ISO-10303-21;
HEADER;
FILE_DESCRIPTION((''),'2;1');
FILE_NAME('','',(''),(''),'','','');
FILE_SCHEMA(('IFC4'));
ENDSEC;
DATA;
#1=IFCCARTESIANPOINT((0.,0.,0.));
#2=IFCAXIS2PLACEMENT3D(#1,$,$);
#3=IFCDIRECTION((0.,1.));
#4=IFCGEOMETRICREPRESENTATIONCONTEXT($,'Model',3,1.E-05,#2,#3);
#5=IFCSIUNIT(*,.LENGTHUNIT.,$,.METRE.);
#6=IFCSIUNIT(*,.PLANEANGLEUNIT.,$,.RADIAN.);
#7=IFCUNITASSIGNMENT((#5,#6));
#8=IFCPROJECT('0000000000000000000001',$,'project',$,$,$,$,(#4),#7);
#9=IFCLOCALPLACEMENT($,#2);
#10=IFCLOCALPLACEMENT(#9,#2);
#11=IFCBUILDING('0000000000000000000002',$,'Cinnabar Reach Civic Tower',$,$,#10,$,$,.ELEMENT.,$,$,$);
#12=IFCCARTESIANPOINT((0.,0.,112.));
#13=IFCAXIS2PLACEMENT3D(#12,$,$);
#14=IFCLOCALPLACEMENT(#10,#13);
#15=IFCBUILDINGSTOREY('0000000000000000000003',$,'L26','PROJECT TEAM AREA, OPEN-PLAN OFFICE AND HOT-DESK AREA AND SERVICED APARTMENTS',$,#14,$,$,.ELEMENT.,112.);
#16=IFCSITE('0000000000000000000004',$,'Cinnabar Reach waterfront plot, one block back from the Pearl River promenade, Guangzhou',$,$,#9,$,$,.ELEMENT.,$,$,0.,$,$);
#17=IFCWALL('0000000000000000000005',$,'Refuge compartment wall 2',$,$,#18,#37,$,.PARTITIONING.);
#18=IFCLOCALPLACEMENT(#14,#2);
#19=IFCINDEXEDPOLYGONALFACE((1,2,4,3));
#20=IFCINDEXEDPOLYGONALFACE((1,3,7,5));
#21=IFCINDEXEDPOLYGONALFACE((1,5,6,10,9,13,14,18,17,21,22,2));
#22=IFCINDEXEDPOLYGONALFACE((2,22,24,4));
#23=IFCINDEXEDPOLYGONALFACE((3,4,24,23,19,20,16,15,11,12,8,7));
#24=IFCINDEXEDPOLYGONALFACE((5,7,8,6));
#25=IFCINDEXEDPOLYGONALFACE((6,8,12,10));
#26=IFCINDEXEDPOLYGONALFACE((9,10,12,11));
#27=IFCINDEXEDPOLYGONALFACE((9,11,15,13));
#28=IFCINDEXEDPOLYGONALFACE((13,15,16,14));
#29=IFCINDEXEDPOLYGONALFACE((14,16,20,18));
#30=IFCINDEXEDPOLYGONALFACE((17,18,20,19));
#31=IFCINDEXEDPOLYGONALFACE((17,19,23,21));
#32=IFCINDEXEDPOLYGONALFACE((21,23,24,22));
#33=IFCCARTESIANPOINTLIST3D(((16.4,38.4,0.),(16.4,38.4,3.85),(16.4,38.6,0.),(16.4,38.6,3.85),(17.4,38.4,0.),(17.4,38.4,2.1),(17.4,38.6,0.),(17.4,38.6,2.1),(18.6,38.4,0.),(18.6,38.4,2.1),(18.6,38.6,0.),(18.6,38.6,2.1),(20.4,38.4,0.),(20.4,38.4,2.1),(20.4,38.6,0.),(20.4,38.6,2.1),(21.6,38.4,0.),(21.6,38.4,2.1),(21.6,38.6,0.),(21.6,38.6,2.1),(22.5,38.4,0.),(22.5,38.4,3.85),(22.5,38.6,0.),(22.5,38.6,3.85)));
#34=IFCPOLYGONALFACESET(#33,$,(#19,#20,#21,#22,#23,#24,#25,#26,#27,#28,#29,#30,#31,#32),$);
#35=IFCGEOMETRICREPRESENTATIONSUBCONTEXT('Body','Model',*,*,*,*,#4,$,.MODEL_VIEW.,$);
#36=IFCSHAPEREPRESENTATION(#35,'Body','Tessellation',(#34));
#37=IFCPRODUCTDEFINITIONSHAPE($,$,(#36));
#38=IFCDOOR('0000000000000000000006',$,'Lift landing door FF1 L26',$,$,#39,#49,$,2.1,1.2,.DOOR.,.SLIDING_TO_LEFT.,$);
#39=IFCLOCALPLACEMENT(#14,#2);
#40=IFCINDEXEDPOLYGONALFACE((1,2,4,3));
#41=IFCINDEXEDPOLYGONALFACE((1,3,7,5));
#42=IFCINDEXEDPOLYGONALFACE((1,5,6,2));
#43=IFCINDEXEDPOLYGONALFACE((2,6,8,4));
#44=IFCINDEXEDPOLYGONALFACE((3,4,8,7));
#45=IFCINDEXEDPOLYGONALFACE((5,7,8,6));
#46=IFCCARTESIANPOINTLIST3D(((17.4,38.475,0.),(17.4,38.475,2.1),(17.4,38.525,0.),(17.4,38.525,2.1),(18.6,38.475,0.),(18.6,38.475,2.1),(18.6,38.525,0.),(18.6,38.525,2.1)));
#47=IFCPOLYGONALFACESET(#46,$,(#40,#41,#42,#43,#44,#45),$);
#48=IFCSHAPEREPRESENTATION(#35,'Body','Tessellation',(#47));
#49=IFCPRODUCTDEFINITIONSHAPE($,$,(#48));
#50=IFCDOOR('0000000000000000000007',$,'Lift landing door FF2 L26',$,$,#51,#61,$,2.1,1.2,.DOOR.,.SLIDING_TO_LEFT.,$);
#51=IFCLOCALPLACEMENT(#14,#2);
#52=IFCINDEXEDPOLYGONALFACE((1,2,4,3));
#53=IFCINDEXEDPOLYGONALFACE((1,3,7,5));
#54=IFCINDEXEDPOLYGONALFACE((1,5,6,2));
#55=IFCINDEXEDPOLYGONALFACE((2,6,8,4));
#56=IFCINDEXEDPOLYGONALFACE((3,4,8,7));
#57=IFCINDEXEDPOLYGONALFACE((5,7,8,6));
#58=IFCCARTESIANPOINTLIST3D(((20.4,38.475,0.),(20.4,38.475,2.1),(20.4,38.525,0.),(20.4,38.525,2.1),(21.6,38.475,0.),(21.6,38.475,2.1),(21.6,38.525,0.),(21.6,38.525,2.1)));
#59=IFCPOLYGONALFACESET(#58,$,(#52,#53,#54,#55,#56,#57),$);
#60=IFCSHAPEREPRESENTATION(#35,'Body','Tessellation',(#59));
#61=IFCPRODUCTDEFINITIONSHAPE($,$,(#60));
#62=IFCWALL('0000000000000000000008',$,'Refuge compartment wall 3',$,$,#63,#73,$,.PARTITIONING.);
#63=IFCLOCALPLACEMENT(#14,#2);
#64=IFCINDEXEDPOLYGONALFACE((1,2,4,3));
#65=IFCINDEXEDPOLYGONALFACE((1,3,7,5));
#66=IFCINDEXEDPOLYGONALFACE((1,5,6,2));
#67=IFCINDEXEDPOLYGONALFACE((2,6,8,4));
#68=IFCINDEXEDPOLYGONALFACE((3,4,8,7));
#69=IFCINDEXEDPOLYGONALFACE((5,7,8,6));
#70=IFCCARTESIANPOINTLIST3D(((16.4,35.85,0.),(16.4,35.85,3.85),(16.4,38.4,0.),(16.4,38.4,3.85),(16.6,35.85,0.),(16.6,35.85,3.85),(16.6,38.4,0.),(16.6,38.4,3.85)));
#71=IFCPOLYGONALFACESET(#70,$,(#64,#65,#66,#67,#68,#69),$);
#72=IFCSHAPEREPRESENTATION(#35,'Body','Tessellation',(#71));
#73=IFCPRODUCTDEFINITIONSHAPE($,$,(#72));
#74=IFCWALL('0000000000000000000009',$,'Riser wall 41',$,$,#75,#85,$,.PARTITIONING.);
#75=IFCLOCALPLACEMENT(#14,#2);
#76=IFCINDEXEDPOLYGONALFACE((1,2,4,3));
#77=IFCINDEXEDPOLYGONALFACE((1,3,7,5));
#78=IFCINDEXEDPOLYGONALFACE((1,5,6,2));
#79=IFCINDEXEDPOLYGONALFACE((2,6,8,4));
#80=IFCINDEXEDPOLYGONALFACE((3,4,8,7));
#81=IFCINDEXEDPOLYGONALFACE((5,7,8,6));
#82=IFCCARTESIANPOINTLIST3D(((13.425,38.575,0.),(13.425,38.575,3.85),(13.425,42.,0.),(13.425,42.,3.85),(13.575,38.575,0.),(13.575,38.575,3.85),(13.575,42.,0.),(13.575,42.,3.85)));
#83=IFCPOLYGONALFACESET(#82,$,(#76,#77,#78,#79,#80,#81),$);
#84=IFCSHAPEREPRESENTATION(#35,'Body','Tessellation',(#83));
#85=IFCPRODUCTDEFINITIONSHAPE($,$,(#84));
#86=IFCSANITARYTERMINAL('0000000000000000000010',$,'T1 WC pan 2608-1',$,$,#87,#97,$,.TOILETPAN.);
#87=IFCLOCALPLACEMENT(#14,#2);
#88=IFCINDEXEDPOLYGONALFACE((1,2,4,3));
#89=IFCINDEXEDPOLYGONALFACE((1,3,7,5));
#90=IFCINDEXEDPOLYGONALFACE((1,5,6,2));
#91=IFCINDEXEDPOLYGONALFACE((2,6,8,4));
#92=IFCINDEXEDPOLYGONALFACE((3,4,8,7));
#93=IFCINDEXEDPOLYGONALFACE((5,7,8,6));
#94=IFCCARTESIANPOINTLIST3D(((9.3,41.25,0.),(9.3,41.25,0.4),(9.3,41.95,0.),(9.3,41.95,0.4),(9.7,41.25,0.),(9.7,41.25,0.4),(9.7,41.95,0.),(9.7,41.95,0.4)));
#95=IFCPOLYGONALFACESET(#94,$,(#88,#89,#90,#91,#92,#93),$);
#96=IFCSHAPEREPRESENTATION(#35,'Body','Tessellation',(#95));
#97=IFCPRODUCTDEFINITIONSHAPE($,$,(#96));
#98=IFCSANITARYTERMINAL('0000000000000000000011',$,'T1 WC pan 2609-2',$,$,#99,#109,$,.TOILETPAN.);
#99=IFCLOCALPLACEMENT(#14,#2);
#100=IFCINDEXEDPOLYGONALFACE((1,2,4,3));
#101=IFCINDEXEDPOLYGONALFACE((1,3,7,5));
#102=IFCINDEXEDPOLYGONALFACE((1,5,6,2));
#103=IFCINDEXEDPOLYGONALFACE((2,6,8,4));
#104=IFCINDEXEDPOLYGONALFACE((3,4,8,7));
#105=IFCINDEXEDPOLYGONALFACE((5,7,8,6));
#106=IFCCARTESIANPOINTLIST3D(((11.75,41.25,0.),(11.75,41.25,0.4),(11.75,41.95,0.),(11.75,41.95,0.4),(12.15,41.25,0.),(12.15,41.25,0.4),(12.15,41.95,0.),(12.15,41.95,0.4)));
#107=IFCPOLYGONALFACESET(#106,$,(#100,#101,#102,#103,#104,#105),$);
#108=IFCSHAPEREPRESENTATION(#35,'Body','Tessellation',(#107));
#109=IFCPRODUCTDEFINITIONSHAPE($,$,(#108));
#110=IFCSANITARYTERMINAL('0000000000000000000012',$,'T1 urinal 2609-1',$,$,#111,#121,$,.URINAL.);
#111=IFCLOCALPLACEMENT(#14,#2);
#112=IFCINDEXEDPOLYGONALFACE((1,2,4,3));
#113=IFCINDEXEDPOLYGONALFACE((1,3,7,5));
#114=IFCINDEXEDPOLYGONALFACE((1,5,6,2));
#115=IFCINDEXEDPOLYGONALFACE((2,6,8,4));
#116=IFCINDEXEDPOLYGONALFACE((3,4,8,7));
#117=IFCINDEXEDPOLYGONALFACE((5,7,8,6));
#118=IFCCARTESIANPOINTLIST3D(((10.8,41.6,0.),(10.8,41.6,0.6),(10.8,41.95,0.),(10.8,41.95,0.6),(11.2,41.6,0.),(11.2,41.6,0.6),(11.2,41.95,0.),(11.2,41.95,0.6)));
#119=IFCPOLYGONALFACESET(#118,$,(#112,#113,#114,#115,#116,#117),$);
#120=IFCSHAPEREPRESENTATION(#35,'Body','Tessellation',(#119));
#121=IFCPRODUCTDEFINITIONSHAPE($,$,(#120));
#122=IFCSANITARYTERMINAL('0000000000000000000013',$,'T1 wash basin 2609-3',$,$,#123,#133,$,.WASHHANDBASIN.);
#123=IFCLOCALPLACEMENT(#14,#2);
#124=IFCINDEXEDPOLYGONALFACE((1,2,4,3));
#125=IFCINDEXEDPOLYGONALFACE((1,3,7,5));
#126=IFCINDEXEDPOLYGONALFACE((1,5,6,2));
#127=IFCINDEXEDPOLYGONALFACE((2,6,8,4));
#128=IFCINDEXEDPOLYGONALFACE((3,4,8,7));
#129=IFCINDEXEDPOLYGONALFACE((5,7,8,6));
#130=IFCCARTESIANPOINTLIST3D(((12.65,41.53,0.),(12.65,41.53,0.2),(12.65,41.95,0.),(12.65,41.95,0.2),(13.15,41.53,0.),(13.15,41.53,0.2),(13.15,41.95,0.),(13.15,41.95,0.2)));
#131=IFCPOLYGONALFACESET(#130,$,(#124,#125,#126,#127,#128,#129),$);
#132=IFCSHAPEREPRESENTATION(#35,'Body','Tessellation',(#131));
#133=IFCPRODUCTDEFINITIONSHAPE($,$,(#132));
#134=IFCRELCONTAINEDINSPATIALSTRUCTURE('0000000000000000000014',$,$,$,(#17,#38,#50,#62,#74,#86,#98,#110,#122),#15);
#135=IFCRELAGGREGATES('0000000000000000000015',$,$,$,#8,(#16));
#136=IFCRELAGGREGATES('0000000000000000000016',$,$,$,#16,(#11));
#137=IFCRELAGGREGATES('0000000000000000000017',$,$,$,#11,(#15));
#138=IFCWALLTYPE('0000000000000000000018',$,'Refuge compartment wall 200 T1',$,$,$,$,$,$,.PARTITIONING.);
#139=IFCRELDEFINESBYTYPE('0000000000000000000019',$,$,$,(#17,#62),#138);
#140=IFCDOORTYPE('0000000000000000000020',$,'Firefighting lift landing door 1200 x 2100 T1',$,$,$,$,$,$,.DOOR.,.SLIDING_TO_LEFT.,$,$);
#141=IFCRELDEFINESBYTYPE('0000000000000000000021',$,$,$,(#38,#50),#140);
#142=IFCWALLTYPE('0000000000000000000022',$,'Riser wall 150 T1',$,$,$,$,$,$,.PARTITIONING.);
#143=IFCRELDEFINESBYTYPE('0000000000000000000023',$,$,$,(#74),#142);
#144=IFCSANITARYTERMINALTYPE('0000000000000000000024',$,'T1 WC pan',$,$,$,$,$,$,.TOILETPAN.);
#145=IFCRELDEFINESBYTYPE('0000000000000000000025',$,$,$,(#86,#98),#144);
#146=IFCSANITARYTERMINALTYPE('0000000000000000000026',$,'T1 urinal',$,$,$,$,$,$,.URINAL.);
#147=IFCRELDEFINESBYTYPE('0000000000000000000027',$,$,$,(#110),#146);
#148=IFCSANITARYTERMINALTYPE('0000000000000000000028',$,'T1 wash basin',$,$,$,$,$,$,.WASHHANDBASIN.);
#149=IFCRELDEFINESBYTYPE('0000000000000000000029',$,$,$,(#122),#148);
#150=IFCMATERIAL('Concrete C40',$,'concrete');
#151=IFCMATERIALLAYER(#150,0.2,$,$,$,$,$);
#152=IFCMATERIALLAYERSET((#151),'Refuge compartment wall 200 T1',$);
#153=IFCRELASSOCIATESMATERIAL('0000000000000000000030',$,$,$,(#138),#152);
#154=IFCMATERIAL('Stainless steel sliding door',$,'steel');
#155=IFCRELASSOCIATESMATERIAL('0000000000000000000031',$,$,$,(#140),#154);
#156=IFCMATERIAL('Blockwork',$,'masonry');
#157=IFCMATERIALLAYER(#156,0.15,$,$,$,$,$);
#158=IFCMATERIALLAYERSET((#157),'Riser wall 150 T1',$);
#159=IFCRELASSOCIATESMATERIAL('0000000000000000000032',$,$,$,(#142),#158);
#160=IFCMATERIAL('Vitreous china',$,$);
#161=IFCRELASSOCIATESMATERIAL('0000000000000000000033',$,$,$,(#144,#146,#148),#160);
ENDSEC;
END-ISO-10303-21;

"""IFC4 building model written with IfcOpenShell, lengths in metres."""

from ifc_helpers import new_model, si_unit, direction, frame, frame_2d, origin, origin_2d, place, context, subcontext, project, spatial, rectangle, extrude, material, layer, layer_set, type_object, element, fill, save


model = new_model("IFC4")

# Units and contexts
model_context = context("Model", 3, precision=1e-05, world=origin(), true_north=direction((0.0, 1.0)))
body_context = subcontext(model_context, "Body", "Model", "MODEL_VIEW")
ifc_project = project(units=[si_unit("LENGTHUNIT", "METRE"), si_unit("PLANEANGLEUNIT", "RADIAN")], contexts=[model_context])

# Site, building, storey
site_placement = place(None, origin())
site = spatial("IfcSite", under=ifc_project, at=site_placement, Name="Cinnabar Reach waterfront plot, one block back from the Pearl River promenade, Guangzhou", CompositionType="ELEMENT", RefElevation=0.0)
building_placement = place(site_placement, origin())
building = spatial("IfcBuilding", under=site, at=building_placement, Name="Cinnabar Reach Civic Tower", CompositionType="ELEMENT")
storey_placement = place(building_placement, frame((0.0, 0.0, 112.0)))
storey = spatial("IfcBuildingStorey", under=building, at=storey_placement, Name="L26", Description="PROJECT TEAM AREA, OPEN-PLAN OFFICE AND HOT-DESK AREA AND SERVICED APARTMENTS", CompositionType="ELEMENT", Elevation=112.0)

# Shared definitions
ifc_material_1 = material(Name="Blockwork", Category="masonry")
ifc_material_2 = material(Name="Concrete C40", Category="concrete")
ifc_layer_1 = layer(ifc_material_2, 0.2)
ifc_layer_set_1 = layer_set([ifc_layer_1], Name="Refuge compartment wall 200 T1")
wall_type_1 = type_object("IfcWallType", Name="Refuge compartment wall 200 T1", PredefinedType="PARTITIONING", material=ifc_layer_set_1)

# Wall, openings, doors
wall_1_placement = place(storey_placement, frame((16.4, 38.5, 0.0), z_axis=(0.0, 0.0, 1.0), x_axis=(1.0, 0.0, 0.0)))
wall_1 = element("IfcWall", 1, at=wall_1_placement, inside=storey, type_object=wall_type_1, Name="Refuge compartment wall 2", PredefinedType="PARTITIONING", context=body_context, shape_type="SweptSolid", body=[
    extrude(rectangle(XDim=6.1, YDim=0.2, at=frame_2d((3.05, 0.0))), origin(), (0.0, 0.0, 1.0), 3.85),
])
opening_1_placement = place(wall_1_placement, frame((1.0, 0.0, 0.0)))
opening_1 = element("IfcOpeningElement", 2, at=opening_1_placement, cuts=wall_1, PredefinedType="OPENING", context=body_context, shape_type="SweptSolid", body=[
    extrude(rectangle(XDim=1.2, YDim=2.1, at=frame_2d((0.6, 1.05))), frame((0.0, 0.11, 0.0), z_axis=(0.0, -1.0, 0.0), x_axis=(1.0, 0.0, 0.0)), (0.0, 0.0, 1.0), 0.22),
])
opening_2_placement = place(wall_1_placement, frame((4.0, 0.0, 0.0)))
opening_2 = element("IfcOpeningElement", 3, at=opening_2_placement, cuts=wall_1, PredefinedType="OPENING", context=body_context, shape_type="SweptSolid", body=[
    extrude(rectangle(XDim=1.2, YDim=2.1, at=frame_2d((0.6, 1.05))), frame((0.0, 0.11, 0.0), z_axis=(0.0, -1.0, 0.0), x_axis=(1.0, 0.0, 0.0)), (0.0, 0.0, 1.0), 0.22),
])
ifc_material_3 = material(Name="Stainless steel sliding door", Category="steel")
door_type_1 = type_object("IfcDoorType", Name="Firefighting lift landing door 1200 x 2100 T1", OperationType="SLIDING_TO_LEFT", PredefinedType="DOOR", material=ifc_material_3)
door_1_placement = place(opening_1_placement, origin())
door_1 = element("IfcDoor", 4, at=door_1_placement, inside=storey, type_object=door_type_1, Name="Lift landing door FF1 L26", OperationType="SLIDING_TO_LEFT", OverallHeight=2.1, OverallWidth=1.2, PredefinedType="DOOR", context=body_context, shape_type="SweptSolid", body=[
    extrude(rectangle(XDim=1.2, YDim=2.1, at=frame_2d((0.6, 1.05))), frame((0.0, 0.025, 0.0), z_axis=(0.0, -1.0, 0.0), x_axis=(1.0, 0.0, 0.0)), (0.0, 0.0, 1.0), 0.05),
])
fill(opening_1, door_1)
door_2_placement = place(opening_2_placement, origin())
door_2 = element("IfcDoor", 5, at=door_2_placement, inside=storey, type_object=door_type_1, Name="Lift landing door FF2 L26", OperationType="SLIDING_TO_LEFT", OverallHeight=2.1, OverallWidth=1.2, PredefinedType="DOOR", context=body_context, shape_type="SweptSolid", body=[
    extrude(rectangle(XDim=1.2, YDim=2.1, at=frame_2d((0.6, 1.05))), frame((0.0, 0.025, 0.0), z_axis=(0.0, -1.0, 0.0), x_axis=(1.0, 0.0, 0.0)), (0.0, 0.0, 1.0), 0.05),
])
fill(opening_2, door_2)

# Walls
wall_2_placement = place(storey_placement, frame((16.5, 35.85, 0.0), z_axis=(0.0, 0.0, 1.0), x_axis=(0.0, 1.0, 0.0)))
element("IfcWall", 6, at=wall_2_placement, inside=storey, type_object=wall_type_1, Name="Refuge compartment wall 3", PredefinedType="PARTITIONING", context=body_context, shape_type="SweptSolid", body=[
    extrude(rectangle(XDim=2.55, YDim=0.2, at=frame_2d((1.275, 0.0))), origin(), (0.0, 0.0, 1.0), 3.85),
])
ifc_layer_2 = layer(ifc_material_1, 0.15)
ifc_layer_set_2 = layer_set([ifc_layer_2], Name="Riser wall 150 T1")
wall_type_2 = type_object("IfcWallType", Name="Riser wall 150 T1", PredefinedType="PARTITIONING", material=ifc_layer_set_2)
wall_3_placement = place(storey_placement, frame((13.5, 38.575, 0.0), z_axis=(0.0, 0.0, 1.0), x_axis=(0.0, 1.0, 0.0)))
element("IfcWall", 7, at=wall_3_placement, inside=storey, type_object=wall_type_2, Name="Riser wall 41", PredefinedType="PARTITIONING", context=body_context, shape_type="SweptSolid", body=[
    extrude(rectangle(XDim=3.425, YDim=0.15, at=frame_2d((1.7125, 0.0))), origin(), (0.0, 0.0, 1.0), 3.85),
])

# Sanitary terminals
ifc_material_4 = material(Name="Vitreous china")
sanitary_terminal_type_1 = type_object("IfcSanitaryTerminalType", Name="T1 WC pan", PredefinedType="TOILETPAN", material=ifc_material_4)
for number, where, z_axis, x_axis, name in (
    (8, (9.5, 41.6, 0.0), (0.0, 0.0, 1.0), (1.0, 0.0, 0.0), "T1 WC pan 2608-1"),
    (9, (11.95, 41.6, 0.0), (0.0, 0.0, 1.0), (1.0, 0.0, 0.0), "T1 WC pan 2609-2"),
):
    element("IfcSanitaryTerminal", number, at=place(storey_placement, frame(where, z_axis=z_axis, x_axis=x_axis)), inside=storey, type_object=sanitary_terminal_type_1, Name=name, PredefinedType="TOILETPAN", context=body_context, shape_type="SweptSolid", body=[
        extrude(rectangle(XDim=0.4, YDim=0.7, at=origin_2d()), origin(), (0.0, 0.0, 1.0), 0.4),
    ])
sanitary_terminal_type_2 = type_object("IfcSanitaryTerminalType", Name="T1 urinal", PredefinedType="URINAL", material=ifc_material_4)
sanitary_terminal_1_placement = place(storey_placement, frame((11.0, 41.775, 0.0), z_axis=(0.0, 0.0, 1.0), x_axis=(1.0, 0.0, 0.0)))
element("IfcSanitaryTerminal", 10, at=sanitary_terminal_1_placement, inside=storey, type_object=sanitary_terminal_type_2, Name="T1 urinal 2609-1", PredefinedType="URINAL", context=body_context, shape_type="SweptSolid", body=[
    extrude(rectangle(XDim=0.4, YDim=0.35, at=origin_2d()), origin(), (0.0, 0.0, 1.0), 0.6),
])
sanitary_terminal_type_3 = type_object("IfcSanitaryTerminalType", Name="T1 wash basin", PredefinedType="WASHHANDBASIN", material=ifc_material_4)
sanitary_terminal_2_placement = place(storey_placement, frame((12.9, 41.74, 0.0), z_axis=(0.0, 0.0, 1.0), x_axis=(1.0, 0.0, 0.0)))
element("IfcSanitaryTerminal", 11, at=sanitary_terminal_2_placement, inside=storey, type_object=sanitary_terminal_type_3, Name="T1 wash basin 2609-3", PredefinedType="WASHHANDBASIN", context=body_context, shape_type="SweptSolid", body=[
    extrude(rectangle(XDim=0.5, YDim=0.42, at=origin_2d()), origin(), (0.0, 0.0, 1.0), 0.2),
])

save(model, "model.ifc")
